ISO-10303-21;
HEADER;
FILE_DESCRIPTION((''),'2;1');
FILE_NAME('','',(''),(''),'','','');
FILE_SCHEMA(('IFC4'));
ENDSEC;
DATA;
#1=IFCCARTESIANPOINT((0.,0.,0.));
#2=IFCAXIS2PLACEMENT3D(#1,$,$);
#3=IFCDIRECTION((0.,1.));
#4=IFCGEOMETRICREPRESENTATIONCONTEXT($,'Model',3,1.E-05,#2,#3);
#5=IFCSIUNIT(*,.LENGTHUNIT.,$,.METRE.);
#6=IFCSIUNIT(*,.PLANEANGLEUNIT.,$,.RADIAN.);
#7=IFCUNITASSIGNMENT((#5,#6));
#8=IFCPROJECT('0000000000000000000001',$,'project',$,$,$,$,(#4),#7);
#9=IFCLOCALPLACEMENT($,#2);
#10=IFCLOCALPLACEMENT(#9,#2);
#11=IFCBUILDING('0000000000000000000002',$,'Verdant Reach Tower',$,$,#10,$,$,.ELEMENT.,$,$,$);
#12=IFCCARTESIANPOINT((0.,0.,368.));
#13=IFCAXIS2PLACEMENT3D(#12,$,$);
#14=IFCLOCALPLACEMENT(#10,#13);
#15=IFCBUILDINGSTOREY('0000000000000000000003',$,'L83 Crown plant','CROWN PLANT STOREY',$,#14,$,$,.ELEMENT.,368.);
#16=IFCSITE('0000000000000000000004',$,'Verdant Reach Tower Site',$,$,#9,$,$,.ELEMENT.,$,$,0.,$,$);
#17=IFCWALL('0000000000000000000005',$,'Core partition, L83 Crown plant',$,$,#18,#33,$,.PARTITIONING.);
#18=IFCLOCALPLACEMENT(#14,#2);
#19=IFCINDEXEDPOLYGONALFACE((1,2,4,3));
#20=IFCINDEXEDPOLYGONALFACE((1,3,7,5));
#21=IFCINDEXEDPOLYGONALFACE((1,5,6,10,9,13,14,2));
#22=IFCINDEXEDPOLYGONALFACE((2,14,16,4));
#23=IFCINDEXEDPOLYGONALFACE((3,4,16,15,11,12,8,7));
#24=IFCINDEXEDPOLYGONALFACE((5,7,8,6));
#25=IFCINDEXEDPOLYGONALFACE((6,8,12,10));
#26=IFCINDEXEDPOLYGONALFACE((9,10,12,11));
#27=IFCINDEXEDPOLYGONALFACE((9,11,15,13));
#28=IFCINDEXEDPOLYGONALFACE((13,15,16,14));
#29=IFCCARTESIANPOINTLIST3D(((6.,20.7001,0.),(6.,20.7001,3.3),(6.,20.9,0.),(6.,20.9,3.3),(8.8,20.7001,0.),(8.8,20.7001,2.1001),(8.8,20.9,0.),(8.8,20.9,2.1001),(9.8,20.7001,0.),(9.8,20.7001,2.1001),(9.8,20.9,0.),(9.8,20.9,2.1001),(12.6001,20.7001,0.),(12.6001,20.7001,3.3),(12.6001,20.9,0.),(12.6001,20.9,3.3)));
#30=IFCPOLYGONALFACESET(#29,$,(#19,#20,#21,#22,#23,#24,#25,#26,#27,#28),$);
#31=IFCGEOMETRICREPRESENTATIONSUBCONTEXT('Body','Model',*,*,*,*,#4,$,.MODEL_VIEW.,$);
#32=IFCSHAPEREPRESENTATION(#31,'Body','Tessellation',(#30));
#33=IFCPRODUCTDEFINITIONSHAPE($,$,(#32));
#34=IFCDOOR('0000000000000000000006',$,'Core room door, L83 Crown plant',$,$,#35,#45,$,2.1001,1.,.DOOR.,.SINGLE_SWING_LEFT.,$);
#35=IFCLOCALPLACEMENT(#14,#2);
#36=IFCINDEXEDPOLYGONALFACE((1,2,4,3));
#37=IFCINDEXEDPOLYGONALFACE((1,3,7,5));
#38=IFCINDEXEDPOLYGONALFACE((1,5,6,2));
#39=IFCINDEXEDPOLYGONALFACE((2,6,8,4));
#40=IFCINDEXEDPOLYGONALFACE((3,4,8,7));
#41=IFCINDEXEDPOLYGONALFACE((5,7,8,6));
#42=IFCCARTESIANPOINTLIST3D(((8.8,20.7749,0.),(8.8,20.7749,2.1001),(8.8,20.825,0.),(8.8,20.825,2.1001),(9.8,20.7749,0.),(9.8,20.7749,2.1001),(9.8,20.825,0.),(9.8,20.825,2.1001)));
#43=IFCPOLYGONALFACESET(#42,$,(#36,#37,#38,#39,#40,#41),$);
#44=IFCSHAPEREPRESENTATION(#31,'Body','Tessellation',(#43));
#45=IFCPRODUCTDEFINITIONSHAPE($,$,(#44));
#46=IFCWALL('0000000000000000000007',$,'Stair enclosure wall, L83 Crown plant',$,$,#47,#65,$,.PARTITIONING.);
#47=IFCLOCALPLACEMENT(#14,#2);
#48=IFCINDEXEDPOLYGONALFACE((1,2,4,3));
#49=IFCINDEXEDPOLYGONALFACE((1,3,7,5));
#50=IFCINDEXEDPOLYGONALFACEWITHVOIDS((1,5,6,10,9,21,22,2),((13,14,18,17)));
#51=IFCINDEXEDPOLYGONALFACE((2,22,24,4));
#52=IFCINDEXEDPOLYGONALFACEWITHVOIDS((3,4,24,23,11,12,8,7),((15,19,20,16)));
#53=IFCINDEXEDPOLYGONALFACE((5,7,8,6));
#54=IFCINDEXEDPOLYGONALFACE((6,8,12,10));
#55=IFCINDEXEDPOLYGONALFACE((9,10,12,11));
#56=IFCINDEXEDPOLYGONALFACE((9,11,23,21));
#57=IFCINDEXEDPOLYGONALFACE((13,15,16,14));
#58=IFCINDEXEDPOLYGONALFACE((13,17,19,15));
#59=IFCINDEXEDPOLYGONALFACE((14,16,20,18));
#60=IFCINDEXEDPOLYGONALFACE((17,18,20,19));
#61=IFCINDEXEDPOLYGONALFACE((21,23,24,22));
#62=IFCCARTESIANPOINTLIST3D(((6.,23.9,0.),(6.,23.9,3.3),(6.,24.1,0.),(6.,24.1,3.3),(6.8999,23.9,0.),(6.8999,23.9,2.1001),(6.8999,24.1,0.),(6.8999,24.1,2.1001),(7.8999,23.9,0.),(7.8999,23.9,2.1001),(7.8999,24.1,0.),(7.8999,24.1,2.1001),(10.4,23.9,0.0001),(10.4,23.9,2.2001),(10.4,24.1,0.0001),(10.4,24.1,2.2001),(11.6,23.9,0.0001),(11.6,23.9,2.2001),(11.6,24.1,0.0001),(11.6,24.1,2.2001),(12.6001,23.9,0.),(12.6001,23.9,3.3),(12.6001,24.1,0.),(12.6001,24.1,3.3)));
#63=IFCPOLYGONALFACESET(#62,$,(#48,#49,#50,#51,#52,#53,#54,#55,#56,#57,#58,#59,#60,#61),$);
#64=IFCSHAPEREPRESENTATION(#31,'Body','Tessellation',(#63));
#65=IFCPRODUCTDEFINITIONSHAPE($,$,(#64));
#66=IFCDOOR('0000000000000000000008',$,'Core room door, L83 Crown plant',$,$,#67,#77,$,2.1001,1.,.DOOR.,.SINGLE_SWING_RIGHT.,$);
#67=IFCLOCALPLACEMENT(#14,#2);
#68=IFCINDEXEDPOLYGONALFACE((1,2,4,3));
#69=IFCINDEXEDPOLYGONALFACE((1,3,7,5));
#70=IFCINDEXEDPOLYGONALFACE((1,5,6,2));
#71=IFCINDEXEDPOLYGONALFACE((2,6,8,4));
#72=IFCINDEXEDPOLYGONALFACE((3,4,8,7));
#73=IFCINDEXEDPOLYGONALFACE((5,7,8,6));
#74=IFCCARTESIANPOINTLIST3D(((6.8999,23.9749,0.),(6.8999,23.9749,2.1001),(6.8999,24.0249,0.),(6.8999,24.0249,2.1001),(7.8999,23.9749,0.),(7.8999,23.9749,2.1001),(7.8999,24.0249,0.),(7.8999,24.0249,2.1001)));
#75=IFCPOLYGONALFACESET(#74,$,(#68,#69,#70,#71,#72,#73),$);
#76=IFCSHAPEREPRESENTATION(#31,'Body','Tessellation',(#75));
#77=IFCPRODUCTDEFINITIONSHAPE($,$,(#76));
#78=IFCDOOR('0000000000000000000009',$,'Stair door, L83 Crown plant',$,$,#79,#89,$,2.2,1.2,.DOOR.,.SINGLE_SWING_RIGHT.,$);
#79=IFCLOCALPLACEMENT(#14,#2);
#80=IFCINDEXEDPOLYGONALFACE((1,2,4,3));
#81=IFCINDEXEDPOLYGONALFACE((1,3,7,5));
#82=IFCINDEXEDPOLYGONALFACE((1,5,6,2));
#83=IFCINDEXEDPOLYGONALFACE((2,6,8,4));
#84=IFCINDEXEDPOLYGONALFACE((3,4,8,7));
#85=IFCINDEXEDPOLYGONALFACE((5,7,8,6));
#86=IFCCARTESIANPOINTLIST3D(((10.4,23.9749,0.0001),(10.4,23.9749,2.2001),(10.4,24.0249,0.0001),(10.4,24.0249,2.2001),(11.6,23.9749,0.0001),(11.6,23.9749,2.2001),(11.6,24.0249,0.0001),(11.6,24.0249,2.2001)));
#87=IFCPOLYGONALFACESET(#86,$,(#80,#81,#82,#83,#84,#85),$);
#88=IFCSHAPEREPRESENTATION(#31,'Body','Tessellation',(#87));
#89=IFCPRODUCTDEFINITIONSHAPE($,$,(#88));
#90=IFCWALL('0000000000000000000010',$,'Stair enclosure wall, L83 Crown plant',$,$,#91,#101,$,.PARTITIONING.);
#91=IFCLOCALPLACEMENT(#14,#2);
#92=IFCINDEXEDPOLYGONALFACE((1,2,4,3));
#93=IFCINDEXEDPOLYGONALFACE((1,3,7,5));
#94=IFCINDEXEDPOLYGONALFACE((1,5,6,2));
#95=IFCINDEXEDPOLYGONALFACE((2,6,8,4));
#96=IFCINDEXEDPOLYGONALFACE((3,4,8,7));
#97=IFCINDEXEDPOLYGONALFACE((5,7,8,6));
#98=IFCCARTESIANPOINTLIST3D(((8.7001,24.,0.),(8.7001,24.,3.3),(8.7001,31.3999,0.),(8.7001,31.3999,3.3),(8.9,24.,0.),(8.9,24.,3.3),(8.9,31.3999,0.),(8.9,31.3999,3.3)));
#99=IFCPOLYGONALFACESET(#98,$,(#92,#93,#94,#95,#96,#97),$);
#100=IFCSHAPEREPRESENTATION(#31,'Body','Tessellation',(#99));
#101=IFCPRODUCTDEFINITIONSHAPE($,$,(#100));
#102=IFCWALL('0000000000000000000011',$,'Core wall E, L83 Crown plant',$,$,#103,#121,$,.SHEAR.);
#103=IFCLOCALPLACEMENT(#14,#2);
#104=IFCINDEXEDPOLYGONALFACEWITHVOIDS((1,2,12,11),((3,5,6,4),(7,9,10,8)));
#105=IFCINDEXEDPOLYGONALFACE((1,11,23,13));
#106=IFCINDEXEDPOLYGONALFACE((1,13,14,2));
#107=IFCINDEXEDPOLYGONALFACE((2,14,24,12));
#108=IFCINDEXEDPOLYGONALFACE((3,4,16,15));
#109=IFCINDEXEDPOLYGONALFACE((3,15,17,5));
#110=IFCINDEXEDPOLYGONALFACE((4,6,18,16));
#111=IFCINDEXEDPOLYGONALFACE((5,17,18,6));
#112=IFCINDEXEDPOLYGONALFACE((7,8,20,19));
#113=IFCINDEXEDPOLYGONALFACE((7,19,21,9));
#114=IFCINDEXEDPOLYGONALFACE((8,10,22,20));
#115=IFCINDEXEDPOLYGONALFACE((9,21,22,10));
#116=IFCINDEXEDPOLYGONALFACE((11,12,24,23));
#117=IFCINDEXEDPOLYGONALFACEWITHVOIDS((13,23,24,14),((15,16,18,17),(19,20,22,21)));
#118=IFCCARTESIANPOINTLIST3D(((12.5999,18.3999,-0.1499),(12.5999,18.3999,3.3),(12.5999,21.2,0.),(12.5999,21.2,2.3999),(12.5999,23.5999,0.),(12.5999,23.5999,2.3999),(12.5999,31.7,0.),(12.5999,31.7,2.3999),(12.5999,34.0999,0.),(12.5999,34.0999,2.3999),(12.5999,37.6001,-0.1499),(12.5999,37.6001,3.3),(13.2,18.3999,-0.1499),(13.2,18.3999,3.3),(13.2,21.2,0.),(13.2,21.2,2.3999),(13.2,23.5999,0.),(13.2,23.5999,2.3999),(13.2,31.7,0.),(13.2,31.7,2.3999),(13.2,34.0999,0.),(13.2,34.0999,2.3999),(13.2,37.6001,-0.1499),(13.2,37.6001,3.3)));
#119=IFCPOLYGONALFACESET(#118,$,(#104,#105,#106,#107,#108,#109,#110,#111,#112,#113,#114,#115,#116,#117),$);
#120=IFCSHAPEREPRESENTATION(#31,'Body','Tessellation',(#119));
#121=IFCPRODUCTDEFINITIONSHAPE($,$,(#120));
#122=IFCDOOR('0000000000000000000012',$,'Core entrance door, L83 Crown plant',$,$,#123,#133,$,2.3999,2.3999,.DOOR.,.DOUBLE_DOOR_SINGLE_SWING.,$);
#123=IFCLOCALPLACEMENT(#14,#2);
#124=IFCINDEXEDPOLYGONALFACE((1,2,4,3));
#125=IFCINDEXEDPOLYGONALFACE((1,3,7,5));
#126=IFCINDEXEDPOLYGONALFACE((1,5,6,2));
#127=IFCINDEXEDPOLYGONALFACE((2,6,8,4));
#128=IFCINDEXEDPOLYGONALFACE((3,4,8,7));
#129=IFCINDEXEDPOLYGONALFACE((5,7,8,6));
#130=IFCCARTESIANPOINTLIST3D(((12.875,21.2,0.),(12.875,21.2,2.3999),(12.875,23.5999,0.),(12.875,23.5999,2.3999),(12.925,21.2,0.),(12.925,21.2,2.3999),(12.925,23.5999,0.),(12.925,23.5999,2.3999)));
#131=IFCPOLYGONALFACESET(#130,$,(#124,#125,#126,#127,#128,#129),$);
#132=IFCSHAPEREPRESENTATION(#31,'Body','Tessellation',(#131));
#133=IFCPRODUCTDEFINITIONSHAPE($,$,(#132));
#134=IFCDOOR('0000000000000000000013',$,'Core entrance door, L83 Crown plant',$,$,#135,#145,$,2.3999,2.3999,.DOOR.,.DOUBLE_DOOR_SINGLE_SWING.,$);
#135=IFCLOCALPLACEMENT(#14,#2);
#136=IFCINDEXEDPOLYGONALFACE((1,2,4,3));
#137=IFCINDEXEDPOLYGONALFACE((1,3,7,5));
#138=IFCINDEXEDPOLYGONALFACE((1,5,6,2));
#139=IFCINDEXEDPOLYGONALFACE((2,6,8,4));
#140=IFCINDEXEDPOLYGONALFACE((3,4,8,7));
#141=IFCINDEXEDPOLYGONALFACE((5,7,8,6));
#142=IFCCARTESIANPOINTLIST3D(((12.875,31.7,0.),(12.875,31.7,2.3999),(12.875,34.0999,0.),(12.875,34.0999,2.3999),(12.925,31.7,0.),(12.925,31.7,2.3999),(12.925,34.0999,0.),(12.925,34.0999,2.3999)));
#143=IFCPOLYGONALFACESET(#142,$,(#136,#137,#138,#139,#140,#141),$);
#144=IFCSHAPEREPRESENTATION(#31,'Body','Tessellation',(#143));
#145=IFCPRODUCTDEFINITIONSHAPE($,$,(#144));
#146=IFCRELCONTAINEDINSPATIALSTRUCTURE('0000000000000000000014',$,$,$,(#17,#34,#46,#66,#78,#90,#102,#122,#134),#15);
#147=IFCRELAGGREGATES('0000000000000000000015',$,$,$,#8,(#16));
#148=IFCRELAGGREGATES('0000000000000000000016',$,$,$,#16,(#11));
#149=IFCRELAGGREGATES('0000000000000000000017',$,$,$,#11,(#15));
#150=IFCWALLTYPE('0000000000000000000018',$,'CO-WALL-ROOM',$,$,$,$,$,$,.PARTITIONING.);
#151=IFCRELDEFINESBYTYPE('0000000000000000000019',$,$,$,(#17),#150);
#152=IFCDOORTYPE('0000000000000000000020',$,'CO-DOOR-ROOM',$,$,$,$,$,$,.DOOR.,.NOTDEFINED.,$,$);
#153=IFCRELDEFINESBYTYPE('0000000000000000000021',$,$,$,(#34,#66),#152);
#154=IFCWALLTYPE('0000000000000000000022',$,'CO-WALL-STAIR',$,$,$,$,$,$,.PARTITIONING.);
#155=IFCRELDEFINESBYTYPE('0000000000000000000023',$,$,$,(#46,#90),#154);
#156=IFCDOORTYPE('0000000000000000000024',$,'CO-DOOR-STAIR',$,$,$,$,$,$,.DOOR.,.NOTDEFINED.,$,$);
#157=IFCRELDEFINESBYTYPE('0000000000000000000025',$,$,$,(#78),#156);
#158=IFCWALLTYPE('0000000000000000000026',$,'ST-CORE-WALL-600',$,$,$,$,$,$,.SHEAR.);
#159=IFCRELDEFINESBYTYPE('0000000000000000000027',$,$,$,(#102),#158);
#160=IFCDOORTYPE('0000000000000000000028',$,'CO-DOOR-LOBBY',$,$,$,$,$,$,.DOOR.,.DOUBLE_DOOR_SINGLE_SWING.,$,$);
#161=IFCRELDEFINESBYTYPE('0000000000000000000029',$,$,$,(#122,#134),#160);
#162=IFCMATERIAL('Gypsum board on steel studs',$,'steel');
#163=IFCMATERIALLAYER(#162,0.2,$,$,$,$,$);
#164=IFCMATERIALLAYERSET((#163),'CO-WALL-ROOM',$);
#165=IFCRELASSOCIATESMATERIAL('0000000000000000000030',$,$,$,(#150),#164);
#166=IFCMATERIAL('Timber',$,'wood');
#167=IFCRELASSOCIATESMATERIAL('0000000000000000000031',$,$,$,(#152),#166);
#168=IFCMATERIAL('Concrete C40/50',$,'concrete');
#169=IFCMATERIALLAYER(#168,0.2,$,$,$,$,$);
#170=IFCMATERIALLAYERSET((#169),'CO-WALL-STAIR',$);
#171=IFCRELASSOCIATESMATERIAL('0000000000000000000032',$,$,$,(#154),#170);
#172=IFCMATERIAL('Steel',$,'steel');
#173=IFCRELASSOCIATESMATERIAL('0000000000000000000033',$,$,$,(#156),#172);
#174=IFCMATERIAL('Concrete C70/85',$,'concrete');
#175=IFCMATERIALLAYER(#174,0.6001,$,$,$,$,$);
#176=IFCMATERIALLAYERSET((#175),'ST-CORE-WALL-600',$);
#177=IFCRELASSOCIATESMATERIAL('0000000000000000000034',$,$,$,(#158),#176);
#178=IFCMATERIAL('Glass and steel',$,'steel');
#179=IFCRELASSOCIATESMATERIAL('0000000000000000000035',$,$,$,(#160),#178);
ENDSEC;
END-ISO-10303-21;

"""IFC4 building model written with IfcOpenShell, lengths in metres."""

from ifc_helpers import new_model, si_unit, direction, frame, frame_2d, origin, place, context, subcontext, project, spatial, rectangle, extrude, material, layer, layer_set, type_object, element, fill, save


model = new_model("IFC4")

# Units and contexts
model_context = context("Model", 3, precision=1e-05, world=origin(), true_north=direction((0.0, 1.0)))
body_context = subcontext(model_context, "Body", "Model", "MODEL_VIEW")
ifc_project = project(units=[si_unit("LENGTHUNIT", "METRE"), si_unit("PLANEANGLEUNIT", "RADIAN")], contexts=[model_context])

# Site, building, storey
site_placement = place(None, origin())
site = spatial("IfcSite", under=ifc_project, at=site_placement, Name="Verdant Reach Tower Site", CompositionType="ELEMENT", RefElevation=0.0)
building_placement = place(site_placement, origin())
building = spatial("IfcBuilding", under=site, at=building_placement, Name="Verdant Reach Tower", CompositionType="ELEMENT")
storey_placement = place(building_placement, frame((0.0, 0.0, 368.0)))
storey = spatial("IfcBuildingStorey", under=building, at=storey_placement, Name="L83 Crown plant", Description="CROWN PLANT STOREY", CompositionType="ELEMENT", Elevation=368.0)

# Wall, opening, door
ifc_material_1 = material(Name="Gypsum board on steel studs", Category="steel")
ifc_layer_1 = layer(ifc_material_1, 0.2)
ifc_layer_set_1 = layer_set([ifc_layer_1], Name="CO-WALL-ROOM")
wall_type_1 = type_object("IfcWallType", Name="CO-WALL-ROOM", PredefinedType="PARTITIONING", material=ifc_layer_set_1)
wall_1_placement = place(storey_placement, frame((6.0, 20.8, 0.0), z_axis=(0.0, 0.0, 1.0), x_axis=(1.0, 0.0, 0.0)))
wall_1 = element("IfcWall", 1, at=wall_1_placement, inside=storey, type_object=wall_type_1, Name="Core partition, L83 Crown plant", PredefinedType="PARTITIONING", context=body_context, shape_type="SweptSolid", body=[
    extrude(rectangle(XDim=6.6001, YDim=0.2, at=frame_2d((3.3, 0.0))), origin(), (0.0, 0.0, 1.0), 3.3),
])
opening_1_placement = place(wall_1_placement, frame((2.8, 0.0, 0.0)))
opening_1 = element("IfcOpeningElement", 2, at=opening_1_placement, cuts=wall_1, PredefinedType="OPENING", context=body_context, shape_type="SweptSolid", body=[
    extrude(rectangle(XDim=1.0, YDim=2.1001, at=frame_2d((0.5, 1.05))), frame((0.0, 0.1099, 0.0), z_axis=(0.0, -1.0, 0.0), x_axis=(1.0, 0.0, 0.0)), (0.0, 0.0, 1.0), 0.22),
])
ifc_material_2 = material(Name="Timber", Category="wood")
door_type_1 = type_object("IfcDoorType", Name="CO-DOOR-ROOM", OperationType="NOTDEFINED", PredefinedType="DOOR", material=ifc_material_2)
door_1_placement = place(opening_1_placement, origin())
door_1 = element("IfcDoor", 3, at=door_1_placement, inside=storey, type_object=door_type_1, Name="Core room door, L83 Crown plant", OperationType="SINGLE_SWING_LEFT", OverallHeight=2.1001, OverallWidth=1.0, PredefinedType="DOOR", context=body_context, shape_type="SweptSolid", body=[
    extrude(rectangle(XDim=1.0, YDim=2.1001, at=frame_2d((0.5, 1.05))), frame((0.0, 0.0249, 0.0), z_axis=(0.0, -1.0, 0.0), x_axis=(1.0, 0.0, 0.0)), (0.0, 0.0, 1.0), 0.05),
])
fill(opening_1, door_1)

# Wall, openings, doors
ifc_material_3 = material(Name="Concrete C40/50", Category="concrete")
ifc_layer_2 = layer(ifc_material_3, 0.2)
ifc_layer_set_2 = layer_set([ifc_layer_2], Name="CO-WALL-STAIR")
wall_type_2 = type_object("IfcWallType", Name="CO-WALL-STAIR", PredefinedType="PARTITIONING", material=ifc_layer_set_2)
wall_2_placement = place(storey_placement, frame((6.0, 24.0, 0.0), z_axis=(0.0, 0.0, 1.0), x_axis=(1.0, 0.0, 0.0)))
wall_2 = element("IfcWall", 4, at=wall_2_placement, inside=storey, type_object=wall_type_2, Name="Stair enclosure wall, L83 Crown plant", PredefinedType="PARTITIONING", context=body_context, shape_type="SweptSolid", body=[
    extrude(rectangle(XDim=6.6001, YDim=0.2, at=frame_2d((3.3, 0.0))), origin(), (0.0, 0.0, 1.0), 3.3),
])
opening_2_placement = place(wall_2_placement, frame((0.8999, 0.0, 0.0)))
opening_2 = element("IfcOpeningElement", 5, at=opening_2_placement, cuts=wall_2, PredefinedType="OPENING", context=body_context, shape_type="SweptSolid", body=[
    extrude(rectangle(XDim=1.0, YDim=2.1001, at=frame_2d((0.5, 1.05))), frame((0.0, 0.1099, 0.0), z_axis=(0.0, -1.0, 0.0), x_axis=(1.0, 0.0, 0.0)), (0.0, 0.0, 1.0), 0.22),
])
opening_3_placement = place(wall_2_placement, frame((4.3999, 0.0, 0.0)))
opening_3 = element("IfcOpeningElement", 6, at=opening_3_placement, cuts=wall_2, PredefinedType="OPENING", context=body_context, shape_type="SweptSolid", body=[
    extrude(rectangle(XDim=1.2, YDim=2.2, at=frame_2d((0.6001, 1.1001))), frame((0.0, 0.1099, 0.0), z_axis=(0.0, -1.0, 0.0), x_axis=(1.0, 0.0, 0.0)), (0.0, 0.0, 1.0), 0.22),
])
door_2_placement = place(opening_2_placement, origin())
door_2 = element("IfcDoor", 7, at=door_2_placement, inside=storey, type_object=door_type_1, Name="Core room door, L83 Crown plant", OperationType="SINGLE_SWING_RIGHT", OverallHeight=2.1001, OverallWidth=1.0, PredefinedType="DOOR", context=body_context, shape_type="SweptSolid", body=[
    extrude(rectangle(XDim=1.0, YDim=2.1001, at=frame_2d((0.5, 1.05))), frame((0.0, 0.0249, 0.0), z_axis=(0.0, -1.0, 0.0), x_axis=(1.0, 0.0, 0.0)), (0.0, 0.0, 1.0), 0.05),
])
fill(opening_2, door_2)
ifc_material_4 = material(Name="Steel", Category="steel")
door_type_2 = type_object("IfcDoorType", Name="CO-DOOR-STAIR", OperationType="NOTDEFINED", PredefinedType="DOOR", material=ifc_material_4)
door_3_placement = place(opening_3_placement, origin())
door_3 = element("IfcDoor", 8, at=door_3_placement, inside=storey, type_object=door_type_2, Name="Stair door, L83 Crown plant", OperationType="SINGLE_SWING_RIGHT", OverallHeight=2.2, OverallWidth=1.2, PredefinedType="DOOR", context=body_context, shape_type="SweptSolid", body=[
    extrude(rectangle(XDim=1.2, YDim=2.2, at=frame_2d((0.6001, 1.1001))), frame((0.0, 0.0249, 0.0), z_axis=(0.0, -1.0, 0.0), x_axis=(1.0, 0.0, 0.0)), (0.0, 0.0, 1.0), 0.05),
])
fill(opening_3, door_3)

# Wall
wall_3_placement = place(storey_placement, frame((8.8, 24.0, 0.0), z_axis=(0.0, 0.0, 1.0), x_axis=(0.0, 1.0, 0.0)))
element("IfcWall", 9, at=wall_3_placement, inside=storey, type_object=wall_type_2, Name="Stair enclosure wall, L83 Crown plant", PredefinedType="PARTITIONING", context=body_context, shape_type="SweptSolid", body=[
    extrude(rectangle(XDim=7.3999, YDim=0.2, at=frame_2d((3.7, 0.0))), origin(), (0.0, 0.0, 1.0), 3.3),
])

# Wall, openings, doors
ifc_material_5 = material(Name="Concrete C70/85", Category="concrete")
ifc_layer_3 = layer(ifc_material_5, 0.6001)
ifc_layer_set_3 = layer_set([ifc_layer_3], Name="ST-CORE-WALL-600")
wall_type_3 = type_object("IfcWallType", Name="ST-CORE-WALL-600", PredefinedType="SHEAR", material=ifc_layer_set_3)
wall_4_placement = place(storey_placement, frame((12.8999, 18.3999, -0.1499), z_axis=(0.0, 0.0, 1.0), x_axis=(0.0, 1.0, 0.0)))
wall_4 = element("IfcWall", 10, at=wall_4_placement, inside=storey, type_object=wall_type_3, Name="Core wall E, L83 Crown plant", PredefinedType="SHEAR", context=body_context, shape_type="SweptSolid", body=[
    extrude(rectangle(XDim=19.2002, YDim=0.6001, at=frame_2d((9.6001, 0.0))), origin(), (0.0, 0.0, 1.0), 3.45),
])
opening_4_placement = place(wall_4_placement, frame((2.8, 0.0, 0.1499)))
opening_4 = element("IfcOpeningElement", 11, at=opening_4_placement, cuts=wall_4, PredefinedType="OPENING", context=body_context, shape_type="SweptSolid", body=[
    extrude(rectangle(XDim=2.3999, YDim=2.3999, at=frame_2d((1.2, 1.2))), frame((0.0, 0.3101, 0.0), z_axis=(0.0, -1.0, 0.0), x_axis=(1.0, 0.0, 0.0)), (0.0, 0.0, 1.0), 0.6201),
])
opening_5_placement = place(wall_4_placement, frame((13.3, 0.0, 0.1499)))
opening_5 = element("IfcOpeningElement", 12, at=opening_5_placement, cuts=wall_4, PredefinedType="OPENING", context=body_context, shape_type="SweptSolid", body=[
    extrude(rectangle(XDim=2.3999, YDim=2.3999, at=frame_2d((1.2, 1.2))), frame((0.0, 0.3101, 0.0), z_axis=(0.0, -1.0, 0.0), x_axis=(1.0, 0.0, 0.0)), (0.0, 0.0, 1.0), 0.6201),
])
ifc_material_6 = material(Name="Glass and steel", Category="steel")
door_type_3 = type_object("IfcDoorType", Name="CO-DOOR-LOBBY", OperationType="DOUBLE_DOOR_SINGLE_SWING", PredefinedType="DOOR", material=ifc_material_6)
door_4_placement = place(opening_4_placement, origin())
door_4 = element("IfcDoor", 13, at=door_4_placement, inside=storey, type_object=door_type_3, Name="Core entrance door, L83 Crown plant", OperationType="DOUBLE_DOOR_SINGLE_SWING", OverallHeight=2.3999, OverallWidth=2.3999, PredefinedType="DOOR", context=body_context, shape_type="SweptSolid", body=[
    extrude(rectangle(XDim=2.3999, YDim=2.3999, at=frame_2d((1.2, 1.2))), frame((0.0, 0.0249, 0.0), z_axis=(0.0, -1.0, 0.0), x_axis=(1.0, 0.0, 0.0)), (0.0, 0.0, 1.0), 0.05),
])
fill(opening_4, door_4)
door_5_placement = place(opening_5_placement, origin())
door_5 = element("IfcDoor", 14, at=door_5_placement, inside=storey, type_object=door_type_3, Name="Core entrance door, L83 Crown plant", OperationType="DOUBLE_DOOR_SINGLE_SWING", OverallHeight=2.3999, OverallWidth=2.3999, PredefinedType="DOOR", context=body_context, shape_type="SweptSolid", body=[
    extrude(rectangle(XDim=2.3999, YDim=2.3999, at=frame_2d((1.2, 1.2))), frame((0.0, 0.0249, 0.0), z_axis=(0.0, -1.0, 0.0), x_axis=(1.0, 0.0, 0.0)), (0.0, 0.0, 1.0), 0.05),
])
fill(opening_5, door_5)

save(model, "model.ifc")
